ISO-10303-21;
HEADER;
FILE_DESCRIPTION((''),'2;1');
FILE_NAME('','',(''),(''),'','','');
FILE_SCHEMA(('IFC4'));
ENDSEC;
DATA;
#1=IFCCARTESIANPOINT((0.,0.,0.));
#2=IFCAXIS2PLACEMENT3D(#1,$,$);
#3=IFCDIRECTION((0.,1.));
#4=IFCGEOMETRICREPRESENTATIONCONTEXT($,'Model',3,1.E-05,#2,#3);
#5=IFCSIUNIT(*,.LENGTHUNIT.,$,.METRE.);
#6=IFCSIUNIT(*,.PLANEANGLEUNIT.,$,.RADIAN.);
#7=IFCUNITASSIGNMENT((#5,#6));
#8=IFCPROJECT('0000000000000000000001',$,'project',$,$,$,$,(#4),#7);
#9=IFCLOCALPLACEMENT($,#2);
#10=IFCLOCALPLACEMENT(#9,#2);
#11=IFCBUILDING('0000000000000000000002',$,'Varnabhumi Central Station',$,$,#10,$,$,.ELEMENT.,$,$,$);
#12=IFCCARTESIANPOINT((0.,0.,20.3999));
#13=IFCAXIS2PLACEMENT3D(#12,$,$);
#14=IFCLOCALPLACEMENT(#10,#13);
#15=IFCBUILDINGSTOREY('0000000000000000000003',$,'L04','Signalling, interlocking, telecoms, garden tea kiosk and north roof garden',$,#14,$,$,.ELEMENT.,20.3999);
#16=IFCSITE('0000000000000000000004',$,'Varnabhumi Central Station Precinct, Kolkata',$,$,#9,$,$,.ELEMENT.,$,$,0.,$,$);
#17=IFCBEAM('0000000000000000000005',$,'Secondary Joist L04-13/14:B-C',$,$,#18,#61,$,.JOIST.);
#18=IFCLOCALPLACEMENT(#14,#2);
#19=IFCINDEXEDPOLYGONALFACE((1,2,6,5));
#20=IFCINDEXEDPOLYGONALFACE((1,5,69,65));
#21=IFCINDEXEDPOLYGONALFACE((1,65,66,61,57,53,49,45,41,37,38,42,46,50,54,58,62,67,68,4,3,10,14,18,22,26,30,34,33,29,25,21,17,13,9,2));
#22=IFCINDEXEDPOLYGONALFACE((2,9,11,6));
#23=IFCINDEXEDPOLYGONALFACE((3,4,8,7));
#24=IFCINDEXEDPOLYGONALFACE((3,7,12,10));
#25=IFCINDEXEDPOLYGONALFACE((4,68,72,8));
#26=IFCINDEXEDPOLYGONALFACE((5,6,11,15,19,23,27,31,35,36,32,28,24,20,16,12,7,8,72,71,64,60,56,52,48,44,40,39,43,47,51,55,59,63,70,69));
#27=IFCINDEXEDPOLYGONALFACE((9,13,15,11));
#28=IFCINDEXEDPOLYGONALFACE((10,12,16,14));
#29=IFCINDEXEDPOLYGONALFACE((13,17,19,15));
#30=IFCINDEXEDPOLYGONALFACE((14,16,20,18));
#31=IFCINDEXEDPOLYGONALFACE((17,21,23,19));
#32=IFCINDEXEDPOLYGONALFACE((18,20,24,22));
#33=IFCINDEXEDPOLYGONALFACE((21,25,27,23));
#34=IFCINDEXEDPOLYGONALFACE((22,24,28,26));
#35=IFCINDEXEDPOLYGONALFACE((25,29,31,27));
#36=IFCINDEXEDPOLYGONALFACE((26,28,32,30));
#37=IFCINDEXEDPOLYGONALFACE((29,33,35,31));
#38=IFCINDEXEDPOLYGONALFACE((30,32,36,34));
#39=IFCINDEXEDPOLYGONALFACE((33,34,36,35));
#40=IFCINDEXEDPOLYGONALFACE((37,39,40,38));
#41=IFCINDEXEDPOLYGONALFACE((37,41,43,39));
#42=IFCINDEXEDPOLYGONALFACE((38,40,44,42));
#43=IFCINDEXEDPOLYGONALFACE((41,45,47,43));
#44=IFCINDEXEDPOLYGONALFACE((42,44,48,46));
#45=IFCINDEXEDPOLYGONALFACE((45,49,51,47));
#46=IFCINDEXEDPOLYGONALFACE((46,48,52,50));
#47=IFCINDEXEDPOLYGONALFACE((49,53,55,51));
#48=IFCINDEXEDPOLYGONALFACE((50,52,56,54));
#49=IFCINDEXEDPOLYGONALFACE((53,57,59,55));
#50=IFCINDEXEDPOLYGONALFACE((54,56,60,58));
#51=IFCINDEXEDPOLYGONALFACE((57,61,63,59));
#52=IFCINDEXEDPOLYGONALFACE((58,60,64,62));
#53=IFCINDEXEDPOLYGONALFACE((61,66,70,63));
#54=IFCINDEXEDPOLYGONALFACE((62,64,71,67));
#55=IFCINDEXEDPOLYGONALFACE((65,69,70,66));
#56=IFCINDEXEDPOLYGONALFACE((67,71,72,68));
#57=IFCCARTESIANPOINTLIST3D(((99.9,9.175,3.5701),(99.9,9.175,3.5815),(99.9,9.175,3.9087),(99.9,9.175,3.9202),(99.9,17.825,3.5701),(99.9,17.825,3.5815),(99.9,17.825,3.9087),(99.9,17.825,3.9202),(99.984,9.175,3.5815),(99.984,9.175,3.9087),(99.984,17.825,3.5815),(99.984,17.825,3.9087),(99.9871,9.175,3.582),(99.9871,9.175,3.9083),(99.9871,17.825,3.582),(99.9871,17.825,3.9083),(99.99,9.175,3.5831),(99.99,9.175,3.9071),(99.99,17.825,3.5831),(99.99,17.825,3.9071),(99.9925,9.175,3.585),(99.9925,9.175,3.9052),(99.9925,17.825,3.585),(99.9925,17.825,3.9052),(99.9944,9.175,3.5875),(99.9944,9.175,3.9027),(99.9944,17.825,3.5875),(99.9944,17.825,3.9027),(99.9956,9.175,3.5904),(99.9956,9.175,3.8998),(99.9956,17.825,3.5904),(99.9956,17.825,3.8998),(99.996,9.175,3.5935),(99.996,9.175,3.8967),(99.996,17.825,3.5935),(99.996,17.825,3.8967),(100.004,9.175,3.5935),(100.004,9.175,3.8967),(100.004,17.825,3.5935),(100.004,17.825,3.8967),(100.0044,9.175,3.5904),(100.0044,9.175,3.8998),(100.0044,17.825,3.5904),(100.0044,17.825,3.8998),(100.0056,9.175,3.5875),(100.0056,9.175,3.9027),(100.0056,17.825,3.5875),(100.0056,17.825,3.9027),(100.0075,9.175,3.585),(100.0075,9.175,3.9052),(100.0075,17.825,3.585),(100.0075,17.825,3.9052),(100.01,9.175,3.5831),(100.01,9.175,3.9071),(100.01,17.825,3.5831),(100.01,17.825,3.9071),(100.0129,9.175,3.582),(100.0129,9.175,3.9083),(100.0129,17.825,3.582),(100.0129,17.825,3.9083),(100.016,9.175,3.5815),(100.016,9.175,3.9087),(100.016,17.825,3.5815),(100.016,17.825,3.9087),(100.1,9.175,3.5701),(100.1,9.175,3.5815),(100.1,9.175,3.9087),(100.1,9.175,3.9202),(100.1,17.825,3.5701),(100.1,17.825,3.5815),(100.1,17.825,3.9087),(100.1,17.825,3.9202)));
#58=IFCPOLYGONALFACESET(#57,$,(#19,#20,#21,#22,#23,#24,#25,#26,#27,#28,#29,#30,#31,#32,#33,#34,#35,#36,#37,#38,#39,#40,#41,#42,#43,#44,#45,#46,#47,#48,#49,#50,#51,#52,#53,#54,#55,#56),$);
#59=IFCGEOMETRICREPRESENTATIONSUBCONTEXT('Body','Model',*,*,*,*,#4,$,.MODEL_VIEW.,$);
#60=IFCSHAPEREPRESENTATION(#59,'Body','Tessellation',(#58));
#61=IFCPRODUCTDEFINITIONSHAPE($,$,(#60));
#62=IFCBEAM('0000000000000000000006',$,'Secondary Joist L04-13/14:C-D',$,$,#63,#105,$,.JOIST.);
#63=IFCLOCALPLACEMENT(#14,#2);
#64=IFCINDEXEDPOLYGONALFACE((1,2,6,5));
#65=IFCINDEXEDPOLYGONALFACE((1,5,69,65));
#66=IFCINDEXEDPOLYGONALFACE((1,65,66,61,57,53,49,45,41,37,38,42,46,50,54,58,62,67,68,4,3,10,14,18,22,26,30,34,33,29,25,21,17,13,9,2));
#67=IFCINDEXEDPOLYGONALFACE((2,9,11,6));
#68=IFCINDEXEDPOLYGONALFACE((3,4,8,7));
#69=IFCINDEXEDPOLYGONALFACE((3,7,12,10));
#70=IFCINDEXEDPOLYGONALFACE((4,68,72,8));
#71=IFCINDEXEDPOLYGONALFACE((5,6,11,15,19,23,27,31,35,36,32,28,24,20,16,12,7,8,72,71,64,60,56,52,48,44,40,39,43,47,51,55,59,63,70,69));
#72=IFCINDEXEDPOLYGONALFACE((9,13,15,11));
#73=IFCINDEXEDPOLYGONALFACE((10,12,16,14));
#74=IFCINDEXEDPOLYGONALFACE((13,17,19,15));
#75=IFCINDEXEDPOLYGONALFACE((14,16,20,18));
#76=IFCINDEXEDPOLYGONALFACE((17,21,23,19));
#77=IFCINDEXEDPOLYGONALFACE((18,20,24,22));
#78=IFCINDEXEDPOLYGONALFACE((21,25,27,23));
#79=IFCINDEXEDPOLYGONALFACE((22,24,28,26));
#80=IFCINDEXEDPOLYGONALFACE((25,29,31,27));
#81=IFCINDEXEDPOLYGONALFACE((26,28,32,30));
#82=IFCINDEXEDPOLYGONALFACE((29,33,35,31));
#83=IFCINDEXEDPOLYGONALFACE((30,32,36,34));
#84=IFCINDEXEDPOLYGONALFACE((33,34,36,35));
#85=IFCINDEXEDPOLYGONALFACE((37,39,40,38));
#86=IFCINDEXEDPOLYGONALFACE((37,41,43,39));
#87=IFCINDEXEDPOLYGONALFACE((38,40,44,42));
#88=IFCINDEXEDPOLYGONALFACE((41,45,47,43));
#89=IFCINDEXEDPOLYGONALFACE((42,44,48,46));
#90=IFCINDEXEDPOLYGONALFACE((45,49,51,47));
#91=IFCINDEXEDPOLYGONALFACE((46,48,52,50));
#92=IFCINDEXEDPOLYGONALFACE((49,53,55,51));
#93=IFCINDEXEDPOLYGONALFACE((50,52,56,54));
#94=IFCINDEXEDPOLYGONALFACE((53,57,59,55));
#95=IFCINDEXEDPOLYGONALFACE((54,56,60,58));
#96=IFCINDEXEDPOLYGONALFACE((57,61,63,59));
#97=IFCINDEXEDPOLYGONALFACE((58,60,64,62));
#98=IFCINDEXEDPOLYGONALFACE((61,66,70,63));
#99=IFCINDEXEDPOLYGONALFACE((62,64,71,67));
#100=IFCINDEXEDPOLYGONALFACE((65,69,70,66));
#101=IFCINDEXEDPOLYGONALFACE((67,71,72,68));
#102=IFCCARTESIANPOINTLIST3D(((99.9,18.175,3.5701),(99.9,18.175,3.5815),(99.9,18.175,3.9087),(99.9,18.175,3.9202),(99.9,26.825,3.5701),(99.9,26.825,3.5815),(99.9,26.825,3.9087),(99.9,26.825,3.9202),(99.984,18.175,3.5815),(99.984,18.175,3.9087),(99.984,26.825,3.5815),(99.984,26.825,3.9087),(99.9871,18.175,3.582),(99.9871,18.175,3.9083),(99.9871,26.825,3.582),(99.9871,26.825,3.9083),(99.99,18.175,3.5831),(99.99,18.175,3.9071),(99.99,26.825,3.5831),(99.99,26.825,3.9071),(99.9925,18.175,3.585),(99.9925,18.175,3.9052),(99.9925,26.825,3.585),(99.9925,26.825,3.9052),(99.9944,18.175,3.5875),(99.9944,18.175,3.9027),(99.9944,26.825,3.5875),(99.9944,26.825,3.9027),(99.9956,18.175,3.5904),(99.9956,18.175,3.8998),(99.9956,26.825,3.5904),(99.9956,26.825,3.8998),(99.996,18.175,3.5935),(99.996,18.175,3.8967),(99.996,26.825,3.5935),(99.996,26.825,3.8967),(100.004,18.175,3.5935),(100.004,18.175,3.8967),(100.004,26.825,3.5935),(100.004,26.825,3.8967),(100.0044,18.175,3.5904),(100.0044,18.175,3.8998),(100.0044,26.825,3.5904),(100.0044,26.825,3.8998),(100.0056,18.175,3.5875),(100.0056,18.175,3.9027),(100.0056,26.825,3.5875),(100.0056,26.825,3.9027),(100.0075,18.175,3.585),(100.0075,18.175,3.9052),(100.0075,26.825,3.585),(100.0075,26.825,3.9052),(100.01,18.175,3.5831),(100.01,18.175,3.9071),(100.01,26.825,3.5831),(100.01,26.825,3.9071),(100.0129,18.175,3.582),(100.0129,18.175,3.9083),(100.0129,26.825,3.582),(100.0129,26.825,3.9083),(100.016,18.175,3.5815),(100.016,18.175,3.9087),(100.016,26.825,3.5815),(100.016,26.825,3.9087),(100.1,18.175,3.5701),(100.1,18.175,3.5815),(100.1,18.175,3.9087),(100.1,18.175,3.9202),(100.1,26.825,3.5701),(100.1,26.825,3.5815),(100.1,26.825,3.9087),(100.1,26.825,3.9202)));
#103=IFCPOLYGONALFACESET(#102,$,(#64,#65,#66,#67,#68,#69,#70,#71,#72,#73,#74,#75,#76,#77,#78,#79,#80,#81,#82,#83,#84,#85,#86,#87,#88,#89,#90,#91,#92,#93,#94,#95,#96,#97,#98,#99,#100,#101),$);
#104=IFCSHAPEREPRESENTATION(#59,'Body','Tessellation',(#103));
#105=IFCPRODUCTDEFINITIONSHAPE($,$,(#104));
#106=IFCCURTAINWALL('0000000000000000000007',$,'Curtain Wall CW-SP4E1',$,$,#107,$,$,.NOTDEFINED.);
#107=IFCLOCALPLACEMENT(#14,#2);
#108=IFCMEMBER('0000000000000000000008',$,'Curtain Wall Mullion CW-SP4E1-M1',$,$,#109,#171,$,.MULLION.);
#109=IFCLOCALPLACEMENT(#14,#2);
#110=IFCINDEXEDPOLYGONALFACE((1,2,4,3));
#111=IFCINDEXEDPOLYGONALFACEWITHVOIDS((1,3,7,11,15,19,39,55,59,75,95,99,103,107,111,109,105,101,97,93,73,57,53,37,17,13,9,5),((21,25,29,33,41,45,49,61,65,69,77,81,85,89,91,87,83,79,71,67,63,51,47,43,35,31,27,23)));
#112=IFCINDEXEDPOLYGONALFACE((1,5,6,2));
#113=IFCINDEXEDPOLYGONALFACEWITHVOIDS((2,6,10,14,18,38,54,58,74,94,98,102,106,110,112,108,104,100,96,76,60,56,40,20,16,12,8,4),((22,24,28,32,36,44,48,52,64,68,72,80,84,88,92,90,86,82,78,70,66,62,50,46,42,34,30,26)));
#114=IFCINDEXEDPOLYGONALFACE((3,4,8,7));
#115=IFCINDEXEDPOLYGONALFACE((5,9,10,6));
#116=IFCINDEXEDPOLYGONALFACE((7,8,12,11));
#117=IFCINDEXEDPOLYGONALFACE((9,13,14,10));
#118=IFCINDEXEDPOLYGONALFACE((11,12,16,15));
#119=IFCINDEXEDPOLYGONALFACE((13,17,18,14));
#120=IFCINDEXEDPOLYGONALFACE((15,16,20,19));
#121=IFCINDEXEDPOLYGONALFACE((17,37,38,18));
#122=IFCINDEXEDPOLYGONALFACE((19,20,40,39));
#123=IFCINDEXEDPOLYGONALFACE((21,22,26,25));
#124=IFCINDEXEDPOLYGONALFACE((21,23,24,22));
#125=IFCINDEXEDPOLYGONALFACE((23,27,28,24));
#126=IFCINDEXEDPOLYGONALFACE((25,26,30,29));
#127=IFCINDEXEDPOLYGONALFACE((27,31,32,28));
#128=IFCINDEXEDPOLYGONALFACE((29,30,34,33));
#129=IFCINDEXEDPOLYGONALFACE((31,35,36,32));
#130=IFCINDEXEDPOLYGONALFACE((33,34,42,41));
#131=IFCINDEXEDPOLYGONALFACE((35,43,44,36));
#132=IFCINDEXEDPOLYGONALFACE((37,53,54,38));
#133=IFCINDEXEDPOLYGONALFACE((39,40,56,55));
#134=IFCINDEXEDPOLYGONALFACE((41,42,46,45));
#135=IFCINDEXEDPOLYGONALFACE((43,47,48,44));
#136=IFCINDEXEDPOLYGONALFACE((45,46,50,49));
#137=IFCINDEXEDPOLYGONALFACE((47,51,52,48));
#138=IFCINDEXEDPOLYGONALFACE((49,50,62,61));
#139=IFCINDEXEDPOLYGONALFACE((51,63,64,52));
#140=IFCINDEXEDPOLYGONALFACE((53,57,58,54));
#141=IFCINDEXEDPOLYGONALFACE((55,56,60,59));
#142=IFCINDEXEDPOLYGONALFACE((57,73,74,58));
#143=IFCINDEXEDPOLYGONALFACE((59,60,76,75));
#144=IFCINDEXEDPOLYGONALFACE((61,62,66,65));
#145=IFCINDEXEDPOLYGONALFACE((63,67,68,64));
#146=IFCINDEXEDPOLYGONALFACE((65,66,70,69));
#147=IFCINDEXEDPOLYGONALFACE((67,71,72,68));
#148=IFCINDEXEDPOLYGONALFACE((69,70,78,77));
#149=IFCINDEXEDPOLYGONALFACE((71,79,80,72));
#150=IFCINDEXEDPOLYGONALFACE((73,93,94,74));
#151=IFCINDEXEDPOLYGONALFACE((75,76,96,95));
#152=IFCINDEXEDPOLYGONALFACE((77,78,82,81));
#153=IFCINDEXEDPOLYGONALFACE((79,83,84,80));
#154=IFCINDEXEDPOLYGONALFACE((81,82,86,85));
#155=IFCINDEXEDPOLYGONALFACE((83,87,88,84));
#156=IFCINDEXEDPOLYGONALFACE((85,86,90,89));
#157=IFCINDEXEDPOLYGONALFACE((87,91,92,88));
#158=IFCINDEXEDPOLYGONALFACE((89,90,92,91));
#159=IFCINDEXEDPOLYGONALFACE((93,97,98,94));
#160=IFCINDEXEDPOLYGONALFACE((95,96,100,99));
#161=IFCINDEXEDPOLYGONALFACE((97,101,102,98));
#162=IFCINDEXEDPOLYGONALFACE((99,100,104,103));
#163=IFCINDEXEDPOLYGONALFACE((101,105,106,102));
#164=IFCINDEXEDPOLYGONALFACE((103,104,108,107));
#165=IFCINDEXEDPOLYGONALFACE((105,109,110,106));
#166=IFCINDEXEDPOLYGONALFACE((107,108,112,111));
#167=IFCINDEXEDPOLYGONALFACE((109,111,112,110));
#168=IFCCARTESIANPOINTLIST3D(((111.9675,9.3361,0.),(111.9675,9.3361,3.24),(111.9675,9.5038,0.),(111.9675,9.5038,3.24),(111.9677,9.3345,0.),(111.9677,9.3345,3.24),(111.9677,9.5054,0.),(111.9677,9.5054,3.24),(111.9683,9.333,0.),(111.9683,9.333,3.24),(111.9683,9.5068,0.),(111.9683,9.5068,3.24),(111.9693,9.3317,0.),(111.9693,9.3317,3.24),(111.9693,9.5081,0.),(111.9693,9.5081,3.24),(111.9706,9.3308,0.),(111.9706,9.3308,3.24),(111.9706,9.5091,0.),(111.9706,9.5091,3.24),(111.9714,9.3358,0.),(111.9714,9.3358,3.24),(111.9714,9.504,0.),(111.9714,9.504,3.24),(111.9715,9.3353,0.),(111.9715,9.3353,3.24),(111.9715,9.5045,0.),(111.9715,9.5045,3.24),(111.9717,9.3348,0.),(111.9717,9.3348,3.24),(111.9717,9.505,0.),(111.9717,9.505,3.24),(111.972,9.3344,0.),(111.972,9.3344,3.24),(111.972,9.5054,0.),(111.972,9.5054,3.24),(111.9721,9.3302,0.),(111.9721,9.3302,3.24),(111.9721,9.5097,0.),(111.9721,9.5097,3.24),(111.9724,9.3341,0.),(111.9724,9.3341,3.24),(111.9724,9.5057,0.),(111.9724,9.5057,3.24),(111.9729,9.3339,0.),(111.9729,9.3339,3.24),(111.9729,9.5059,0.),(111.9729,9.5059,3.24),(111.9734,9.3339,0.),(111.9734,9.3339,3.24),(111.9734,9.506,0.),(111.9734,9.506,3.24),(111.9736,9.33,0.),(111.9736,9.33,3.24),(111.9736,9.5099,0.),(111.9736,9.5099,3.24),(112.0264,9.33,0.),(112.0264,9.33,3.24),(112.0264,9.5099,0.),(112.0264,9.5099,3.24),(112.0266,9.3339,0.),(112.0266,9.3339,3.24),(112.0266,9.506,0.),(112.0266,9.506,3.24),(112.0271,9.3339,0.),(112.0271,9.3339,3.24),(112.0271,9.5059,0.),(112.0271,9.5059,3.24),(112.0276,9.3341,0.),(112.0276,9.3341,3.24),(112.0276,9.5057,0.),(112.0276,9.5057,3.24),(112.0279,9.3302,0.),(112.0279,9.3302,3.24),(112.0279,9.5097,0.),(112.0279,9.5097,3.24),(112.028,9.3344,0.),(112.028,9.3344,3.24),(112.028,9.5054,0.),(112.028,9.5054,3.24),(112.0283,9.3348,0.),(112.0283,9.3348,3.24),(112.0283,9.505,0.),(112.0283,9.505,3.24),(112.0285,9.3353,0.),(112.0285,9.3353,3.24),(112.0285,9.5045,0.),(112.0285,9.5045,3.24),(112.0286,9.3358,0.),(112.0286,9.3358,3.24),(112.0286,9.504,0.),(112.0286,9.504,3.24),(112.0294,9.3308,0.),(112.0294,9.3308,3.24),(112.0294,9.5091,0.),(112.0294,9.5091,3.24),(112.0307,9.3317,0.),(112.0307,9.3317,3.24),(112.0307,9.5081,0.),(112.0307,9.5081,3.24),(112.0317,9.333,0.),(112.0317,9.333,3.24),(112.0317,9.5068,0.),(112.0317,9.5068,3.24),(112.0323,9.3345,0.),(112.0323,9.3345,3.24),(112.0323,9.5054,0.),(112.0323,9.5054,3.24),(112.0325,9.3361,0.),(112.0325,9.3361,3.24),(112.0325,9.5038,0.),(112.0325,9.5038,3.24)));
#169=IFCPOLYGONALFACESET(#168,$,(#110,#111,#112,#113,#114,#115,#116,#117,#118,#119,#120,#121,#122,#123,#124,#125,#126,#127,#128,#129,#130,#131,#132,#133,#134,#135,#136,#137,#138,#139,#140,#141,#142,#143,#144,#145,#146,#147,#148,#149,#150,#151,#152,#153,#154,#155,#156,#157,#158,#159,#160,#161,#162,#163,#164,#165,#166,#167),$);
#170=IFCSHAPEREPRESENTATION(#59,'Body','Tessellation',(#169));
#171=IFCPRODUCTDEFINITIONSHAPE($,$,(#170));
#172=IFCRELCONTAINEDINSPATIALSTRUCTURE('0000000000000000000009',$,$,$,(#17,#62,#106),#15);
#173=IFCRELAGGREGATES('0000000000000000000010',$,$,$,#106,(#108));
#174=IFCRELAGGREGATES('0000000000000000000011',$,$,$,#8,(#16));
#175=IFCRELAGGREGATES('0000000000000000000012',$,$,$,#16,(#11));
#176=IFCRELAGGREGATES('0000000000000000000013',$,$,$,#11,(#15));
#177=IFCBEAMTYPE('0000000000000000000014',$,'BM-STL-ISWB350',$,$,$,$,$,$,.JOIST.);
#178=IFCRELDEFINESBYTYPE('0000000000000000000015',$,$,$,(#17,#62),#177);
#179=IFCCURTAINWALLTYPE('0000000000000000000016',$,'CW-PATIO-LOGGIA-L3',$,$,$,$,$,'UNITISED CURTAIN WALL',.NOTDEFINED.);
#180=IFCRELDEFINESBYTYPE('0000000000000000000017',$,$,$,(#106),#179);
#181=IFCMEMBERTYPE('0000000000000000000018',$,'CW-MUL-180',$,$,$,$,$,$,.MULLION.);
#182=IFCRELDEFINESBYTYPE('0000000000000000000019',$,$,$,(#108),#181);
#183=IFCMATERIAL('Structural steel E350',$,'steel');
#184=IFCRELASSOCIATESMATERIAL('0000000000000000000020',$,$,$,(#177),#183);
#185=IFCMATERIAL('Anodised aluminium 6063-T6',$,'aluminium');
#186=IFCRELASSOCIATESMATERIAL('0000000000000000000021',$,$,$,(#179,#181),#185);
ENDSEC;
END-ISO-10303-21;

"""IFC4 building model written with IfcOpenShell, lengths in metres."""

from ifc_helpers import new_model, si_unit, direction, frame, origin, origin_2d, place, context, subcontext, project, spatial, hollow_rectangle, i_section, extrude, material, material_profile, profile_set, type_object, element, aggregate, save


model = new_model("IFC4")

# Units and contexts
model_context = context("Model", 3, precision=1e-05, world=origin(), true_north=direction((0.0, 1.0)))
body_context = subcontext(model_context, "Body", "Model", "MODEL_VIEW")
ifc_project = project(units=[si_unit("LENGTHUNIT", "METRE"), si_unit("PLANEANGLEUNIT", "RADIAN")], contexts=[model_context])

# Site, building, storey
site_placement = place(None, origin())
site = spatial("IfcSite", under=ifc_project, at=site_placement, Name="Varnabhumi Central Station Precinct, Kolkata", CompositionType="ELEMENT", RefElevation=0.0)
building_placement = place(site_placement, origin())
building = spatial("IfcBuilding", under=site, at=building_placement, Name="Varnabhumi Central Station", CompositionType="ELEMENT")
storey_placement = place(building_placement, frame((0.0, 0.0, 20.3999)))
storey = spatial("IfcBuildingStorey", under=building, at=storey_placement, Name="L04", Description="Signalling, interlocking, telecoms, garden tea kiosk and north roof garden", CompositionType="ELEMENT", Elevation=20.3999)

# Beams
ifc_material_1 = material(Name="Structural steel E350", Category="steel")
ifc_material_profile_1 = material_profile(ifc_material_1, i_section(OverallWidth=0.2, OverallDepth=0.3501, WebThickness=0.0081, FlangeThickness=0.0115, FilletRadius=0.012, at=origin_2d()), Name="Structural steel E350", Category="steel")
ifc_profile_set_1 = profile_set([ifc_material_profile_1], Name="Structural steel E350")
beam_type_1 = type_object("IfcBeamType", Name="BM-STL-ISWB350", PredefinedType="JOIST", material=ifc_profile_set_1)
for number, where, z_axis, x_axis, name in (
    (1, (100.0, 9.175, 3.7451), (0.0, 1.0, 0.0), (-1.0, 0.0, 0.0), "Secondary Joist L04-13/14:B-C"),
    (2, (100.0, 18.175, 3.7451), (0.0, 1.0, 0.0), (-1.0, 0.0, 0.0), "Secondary Joist L04-13/14:C-D"),
):
    element("IfcBeam", number, at=place(storey_placement, frame(where, z_axis=z_axis, x_axis=x_axis)), inside=storey, type_object=beam_type_1, Name=name, PredefinedType="JOIST", context=body_context, shape_type="SweptSolid", body=[
        extrude(i_section(OverallWidth=0.2, OverallDepth=0.3501, WebThickness=0.0081, FlangeThickness=0.0115, FilletRadius=0.012, at=origin_2d()), origin(), (0.0, 0.0, 1.0), 8.6499),
    ])

# Curtain wall, member
ifc_material_2 = material(Name="Anodised aluminium 6063-T6", Category="aluminium")
curtain_wall_type = type_object("IfcCurtainWallType", Name="CW-PATIO-LOGGIA-L3", ElementType="UNITISED CURTAIN WALL", PredefinedType="NOTDEFINED", material=ifc_material_2)
curtain_wall_placement = place(storey_placement, origin())
curtain_wall = element("IfcCurtainWall", 3, at=curtain_wall_placement, inside=storey, type_object=curtain_wall_type, Name="Curtain Wall CW-SP4E1", PredefinedType="NOTDEFINED")
ifc_material_profile_2 = material_profile(ifc_material_2, hollow_rectangle(XDim=0.0649, YDim=0.1799, WallThickness=0.0039, InnerFilletRadius=0.002, OuterFilletRadius=0.0061, at=origin_2d()), Name="Anodised aluminium 6063-T6", Category="aluminium")
ifc_profile_set_2 = profile_set([ifc_material_profile_2], Name="Anodised aluminium 6063-T6")
member_type_1 = type_object("IfcMemberType", Name="CW-MUL-180", PredefinedType="MULLION", material=ifc_profile_set_2)
member_1_placement = place(storey_placement, frame((112.0, 9.4199, 0.0), z_axis=(0.0, 0.0, 1.0), x_axis=(1.0, 0.0, 0.0)))
member_1 = element("IfcMember", 4, at=member_1_placement, type_object=member_type_1, Name="Curtain Wall Mullion CW-SP4E1-M1", PredefinedType="MULLION", context=body_context, shape_type="SweptSolid", body=[
    extrude(hollow_rectangle(XDim=0.0649, YDim=0.1799, WallThickness=0.0039, InnerFilletRadius=0.002, OuterFilletRadius=0.0061, at=origin_2d()), origin(), (0.0, 0.0, 1.0), 3.24),
])
aggregate(curtain_wall, [member_1])

save(model, "model.ifc")
